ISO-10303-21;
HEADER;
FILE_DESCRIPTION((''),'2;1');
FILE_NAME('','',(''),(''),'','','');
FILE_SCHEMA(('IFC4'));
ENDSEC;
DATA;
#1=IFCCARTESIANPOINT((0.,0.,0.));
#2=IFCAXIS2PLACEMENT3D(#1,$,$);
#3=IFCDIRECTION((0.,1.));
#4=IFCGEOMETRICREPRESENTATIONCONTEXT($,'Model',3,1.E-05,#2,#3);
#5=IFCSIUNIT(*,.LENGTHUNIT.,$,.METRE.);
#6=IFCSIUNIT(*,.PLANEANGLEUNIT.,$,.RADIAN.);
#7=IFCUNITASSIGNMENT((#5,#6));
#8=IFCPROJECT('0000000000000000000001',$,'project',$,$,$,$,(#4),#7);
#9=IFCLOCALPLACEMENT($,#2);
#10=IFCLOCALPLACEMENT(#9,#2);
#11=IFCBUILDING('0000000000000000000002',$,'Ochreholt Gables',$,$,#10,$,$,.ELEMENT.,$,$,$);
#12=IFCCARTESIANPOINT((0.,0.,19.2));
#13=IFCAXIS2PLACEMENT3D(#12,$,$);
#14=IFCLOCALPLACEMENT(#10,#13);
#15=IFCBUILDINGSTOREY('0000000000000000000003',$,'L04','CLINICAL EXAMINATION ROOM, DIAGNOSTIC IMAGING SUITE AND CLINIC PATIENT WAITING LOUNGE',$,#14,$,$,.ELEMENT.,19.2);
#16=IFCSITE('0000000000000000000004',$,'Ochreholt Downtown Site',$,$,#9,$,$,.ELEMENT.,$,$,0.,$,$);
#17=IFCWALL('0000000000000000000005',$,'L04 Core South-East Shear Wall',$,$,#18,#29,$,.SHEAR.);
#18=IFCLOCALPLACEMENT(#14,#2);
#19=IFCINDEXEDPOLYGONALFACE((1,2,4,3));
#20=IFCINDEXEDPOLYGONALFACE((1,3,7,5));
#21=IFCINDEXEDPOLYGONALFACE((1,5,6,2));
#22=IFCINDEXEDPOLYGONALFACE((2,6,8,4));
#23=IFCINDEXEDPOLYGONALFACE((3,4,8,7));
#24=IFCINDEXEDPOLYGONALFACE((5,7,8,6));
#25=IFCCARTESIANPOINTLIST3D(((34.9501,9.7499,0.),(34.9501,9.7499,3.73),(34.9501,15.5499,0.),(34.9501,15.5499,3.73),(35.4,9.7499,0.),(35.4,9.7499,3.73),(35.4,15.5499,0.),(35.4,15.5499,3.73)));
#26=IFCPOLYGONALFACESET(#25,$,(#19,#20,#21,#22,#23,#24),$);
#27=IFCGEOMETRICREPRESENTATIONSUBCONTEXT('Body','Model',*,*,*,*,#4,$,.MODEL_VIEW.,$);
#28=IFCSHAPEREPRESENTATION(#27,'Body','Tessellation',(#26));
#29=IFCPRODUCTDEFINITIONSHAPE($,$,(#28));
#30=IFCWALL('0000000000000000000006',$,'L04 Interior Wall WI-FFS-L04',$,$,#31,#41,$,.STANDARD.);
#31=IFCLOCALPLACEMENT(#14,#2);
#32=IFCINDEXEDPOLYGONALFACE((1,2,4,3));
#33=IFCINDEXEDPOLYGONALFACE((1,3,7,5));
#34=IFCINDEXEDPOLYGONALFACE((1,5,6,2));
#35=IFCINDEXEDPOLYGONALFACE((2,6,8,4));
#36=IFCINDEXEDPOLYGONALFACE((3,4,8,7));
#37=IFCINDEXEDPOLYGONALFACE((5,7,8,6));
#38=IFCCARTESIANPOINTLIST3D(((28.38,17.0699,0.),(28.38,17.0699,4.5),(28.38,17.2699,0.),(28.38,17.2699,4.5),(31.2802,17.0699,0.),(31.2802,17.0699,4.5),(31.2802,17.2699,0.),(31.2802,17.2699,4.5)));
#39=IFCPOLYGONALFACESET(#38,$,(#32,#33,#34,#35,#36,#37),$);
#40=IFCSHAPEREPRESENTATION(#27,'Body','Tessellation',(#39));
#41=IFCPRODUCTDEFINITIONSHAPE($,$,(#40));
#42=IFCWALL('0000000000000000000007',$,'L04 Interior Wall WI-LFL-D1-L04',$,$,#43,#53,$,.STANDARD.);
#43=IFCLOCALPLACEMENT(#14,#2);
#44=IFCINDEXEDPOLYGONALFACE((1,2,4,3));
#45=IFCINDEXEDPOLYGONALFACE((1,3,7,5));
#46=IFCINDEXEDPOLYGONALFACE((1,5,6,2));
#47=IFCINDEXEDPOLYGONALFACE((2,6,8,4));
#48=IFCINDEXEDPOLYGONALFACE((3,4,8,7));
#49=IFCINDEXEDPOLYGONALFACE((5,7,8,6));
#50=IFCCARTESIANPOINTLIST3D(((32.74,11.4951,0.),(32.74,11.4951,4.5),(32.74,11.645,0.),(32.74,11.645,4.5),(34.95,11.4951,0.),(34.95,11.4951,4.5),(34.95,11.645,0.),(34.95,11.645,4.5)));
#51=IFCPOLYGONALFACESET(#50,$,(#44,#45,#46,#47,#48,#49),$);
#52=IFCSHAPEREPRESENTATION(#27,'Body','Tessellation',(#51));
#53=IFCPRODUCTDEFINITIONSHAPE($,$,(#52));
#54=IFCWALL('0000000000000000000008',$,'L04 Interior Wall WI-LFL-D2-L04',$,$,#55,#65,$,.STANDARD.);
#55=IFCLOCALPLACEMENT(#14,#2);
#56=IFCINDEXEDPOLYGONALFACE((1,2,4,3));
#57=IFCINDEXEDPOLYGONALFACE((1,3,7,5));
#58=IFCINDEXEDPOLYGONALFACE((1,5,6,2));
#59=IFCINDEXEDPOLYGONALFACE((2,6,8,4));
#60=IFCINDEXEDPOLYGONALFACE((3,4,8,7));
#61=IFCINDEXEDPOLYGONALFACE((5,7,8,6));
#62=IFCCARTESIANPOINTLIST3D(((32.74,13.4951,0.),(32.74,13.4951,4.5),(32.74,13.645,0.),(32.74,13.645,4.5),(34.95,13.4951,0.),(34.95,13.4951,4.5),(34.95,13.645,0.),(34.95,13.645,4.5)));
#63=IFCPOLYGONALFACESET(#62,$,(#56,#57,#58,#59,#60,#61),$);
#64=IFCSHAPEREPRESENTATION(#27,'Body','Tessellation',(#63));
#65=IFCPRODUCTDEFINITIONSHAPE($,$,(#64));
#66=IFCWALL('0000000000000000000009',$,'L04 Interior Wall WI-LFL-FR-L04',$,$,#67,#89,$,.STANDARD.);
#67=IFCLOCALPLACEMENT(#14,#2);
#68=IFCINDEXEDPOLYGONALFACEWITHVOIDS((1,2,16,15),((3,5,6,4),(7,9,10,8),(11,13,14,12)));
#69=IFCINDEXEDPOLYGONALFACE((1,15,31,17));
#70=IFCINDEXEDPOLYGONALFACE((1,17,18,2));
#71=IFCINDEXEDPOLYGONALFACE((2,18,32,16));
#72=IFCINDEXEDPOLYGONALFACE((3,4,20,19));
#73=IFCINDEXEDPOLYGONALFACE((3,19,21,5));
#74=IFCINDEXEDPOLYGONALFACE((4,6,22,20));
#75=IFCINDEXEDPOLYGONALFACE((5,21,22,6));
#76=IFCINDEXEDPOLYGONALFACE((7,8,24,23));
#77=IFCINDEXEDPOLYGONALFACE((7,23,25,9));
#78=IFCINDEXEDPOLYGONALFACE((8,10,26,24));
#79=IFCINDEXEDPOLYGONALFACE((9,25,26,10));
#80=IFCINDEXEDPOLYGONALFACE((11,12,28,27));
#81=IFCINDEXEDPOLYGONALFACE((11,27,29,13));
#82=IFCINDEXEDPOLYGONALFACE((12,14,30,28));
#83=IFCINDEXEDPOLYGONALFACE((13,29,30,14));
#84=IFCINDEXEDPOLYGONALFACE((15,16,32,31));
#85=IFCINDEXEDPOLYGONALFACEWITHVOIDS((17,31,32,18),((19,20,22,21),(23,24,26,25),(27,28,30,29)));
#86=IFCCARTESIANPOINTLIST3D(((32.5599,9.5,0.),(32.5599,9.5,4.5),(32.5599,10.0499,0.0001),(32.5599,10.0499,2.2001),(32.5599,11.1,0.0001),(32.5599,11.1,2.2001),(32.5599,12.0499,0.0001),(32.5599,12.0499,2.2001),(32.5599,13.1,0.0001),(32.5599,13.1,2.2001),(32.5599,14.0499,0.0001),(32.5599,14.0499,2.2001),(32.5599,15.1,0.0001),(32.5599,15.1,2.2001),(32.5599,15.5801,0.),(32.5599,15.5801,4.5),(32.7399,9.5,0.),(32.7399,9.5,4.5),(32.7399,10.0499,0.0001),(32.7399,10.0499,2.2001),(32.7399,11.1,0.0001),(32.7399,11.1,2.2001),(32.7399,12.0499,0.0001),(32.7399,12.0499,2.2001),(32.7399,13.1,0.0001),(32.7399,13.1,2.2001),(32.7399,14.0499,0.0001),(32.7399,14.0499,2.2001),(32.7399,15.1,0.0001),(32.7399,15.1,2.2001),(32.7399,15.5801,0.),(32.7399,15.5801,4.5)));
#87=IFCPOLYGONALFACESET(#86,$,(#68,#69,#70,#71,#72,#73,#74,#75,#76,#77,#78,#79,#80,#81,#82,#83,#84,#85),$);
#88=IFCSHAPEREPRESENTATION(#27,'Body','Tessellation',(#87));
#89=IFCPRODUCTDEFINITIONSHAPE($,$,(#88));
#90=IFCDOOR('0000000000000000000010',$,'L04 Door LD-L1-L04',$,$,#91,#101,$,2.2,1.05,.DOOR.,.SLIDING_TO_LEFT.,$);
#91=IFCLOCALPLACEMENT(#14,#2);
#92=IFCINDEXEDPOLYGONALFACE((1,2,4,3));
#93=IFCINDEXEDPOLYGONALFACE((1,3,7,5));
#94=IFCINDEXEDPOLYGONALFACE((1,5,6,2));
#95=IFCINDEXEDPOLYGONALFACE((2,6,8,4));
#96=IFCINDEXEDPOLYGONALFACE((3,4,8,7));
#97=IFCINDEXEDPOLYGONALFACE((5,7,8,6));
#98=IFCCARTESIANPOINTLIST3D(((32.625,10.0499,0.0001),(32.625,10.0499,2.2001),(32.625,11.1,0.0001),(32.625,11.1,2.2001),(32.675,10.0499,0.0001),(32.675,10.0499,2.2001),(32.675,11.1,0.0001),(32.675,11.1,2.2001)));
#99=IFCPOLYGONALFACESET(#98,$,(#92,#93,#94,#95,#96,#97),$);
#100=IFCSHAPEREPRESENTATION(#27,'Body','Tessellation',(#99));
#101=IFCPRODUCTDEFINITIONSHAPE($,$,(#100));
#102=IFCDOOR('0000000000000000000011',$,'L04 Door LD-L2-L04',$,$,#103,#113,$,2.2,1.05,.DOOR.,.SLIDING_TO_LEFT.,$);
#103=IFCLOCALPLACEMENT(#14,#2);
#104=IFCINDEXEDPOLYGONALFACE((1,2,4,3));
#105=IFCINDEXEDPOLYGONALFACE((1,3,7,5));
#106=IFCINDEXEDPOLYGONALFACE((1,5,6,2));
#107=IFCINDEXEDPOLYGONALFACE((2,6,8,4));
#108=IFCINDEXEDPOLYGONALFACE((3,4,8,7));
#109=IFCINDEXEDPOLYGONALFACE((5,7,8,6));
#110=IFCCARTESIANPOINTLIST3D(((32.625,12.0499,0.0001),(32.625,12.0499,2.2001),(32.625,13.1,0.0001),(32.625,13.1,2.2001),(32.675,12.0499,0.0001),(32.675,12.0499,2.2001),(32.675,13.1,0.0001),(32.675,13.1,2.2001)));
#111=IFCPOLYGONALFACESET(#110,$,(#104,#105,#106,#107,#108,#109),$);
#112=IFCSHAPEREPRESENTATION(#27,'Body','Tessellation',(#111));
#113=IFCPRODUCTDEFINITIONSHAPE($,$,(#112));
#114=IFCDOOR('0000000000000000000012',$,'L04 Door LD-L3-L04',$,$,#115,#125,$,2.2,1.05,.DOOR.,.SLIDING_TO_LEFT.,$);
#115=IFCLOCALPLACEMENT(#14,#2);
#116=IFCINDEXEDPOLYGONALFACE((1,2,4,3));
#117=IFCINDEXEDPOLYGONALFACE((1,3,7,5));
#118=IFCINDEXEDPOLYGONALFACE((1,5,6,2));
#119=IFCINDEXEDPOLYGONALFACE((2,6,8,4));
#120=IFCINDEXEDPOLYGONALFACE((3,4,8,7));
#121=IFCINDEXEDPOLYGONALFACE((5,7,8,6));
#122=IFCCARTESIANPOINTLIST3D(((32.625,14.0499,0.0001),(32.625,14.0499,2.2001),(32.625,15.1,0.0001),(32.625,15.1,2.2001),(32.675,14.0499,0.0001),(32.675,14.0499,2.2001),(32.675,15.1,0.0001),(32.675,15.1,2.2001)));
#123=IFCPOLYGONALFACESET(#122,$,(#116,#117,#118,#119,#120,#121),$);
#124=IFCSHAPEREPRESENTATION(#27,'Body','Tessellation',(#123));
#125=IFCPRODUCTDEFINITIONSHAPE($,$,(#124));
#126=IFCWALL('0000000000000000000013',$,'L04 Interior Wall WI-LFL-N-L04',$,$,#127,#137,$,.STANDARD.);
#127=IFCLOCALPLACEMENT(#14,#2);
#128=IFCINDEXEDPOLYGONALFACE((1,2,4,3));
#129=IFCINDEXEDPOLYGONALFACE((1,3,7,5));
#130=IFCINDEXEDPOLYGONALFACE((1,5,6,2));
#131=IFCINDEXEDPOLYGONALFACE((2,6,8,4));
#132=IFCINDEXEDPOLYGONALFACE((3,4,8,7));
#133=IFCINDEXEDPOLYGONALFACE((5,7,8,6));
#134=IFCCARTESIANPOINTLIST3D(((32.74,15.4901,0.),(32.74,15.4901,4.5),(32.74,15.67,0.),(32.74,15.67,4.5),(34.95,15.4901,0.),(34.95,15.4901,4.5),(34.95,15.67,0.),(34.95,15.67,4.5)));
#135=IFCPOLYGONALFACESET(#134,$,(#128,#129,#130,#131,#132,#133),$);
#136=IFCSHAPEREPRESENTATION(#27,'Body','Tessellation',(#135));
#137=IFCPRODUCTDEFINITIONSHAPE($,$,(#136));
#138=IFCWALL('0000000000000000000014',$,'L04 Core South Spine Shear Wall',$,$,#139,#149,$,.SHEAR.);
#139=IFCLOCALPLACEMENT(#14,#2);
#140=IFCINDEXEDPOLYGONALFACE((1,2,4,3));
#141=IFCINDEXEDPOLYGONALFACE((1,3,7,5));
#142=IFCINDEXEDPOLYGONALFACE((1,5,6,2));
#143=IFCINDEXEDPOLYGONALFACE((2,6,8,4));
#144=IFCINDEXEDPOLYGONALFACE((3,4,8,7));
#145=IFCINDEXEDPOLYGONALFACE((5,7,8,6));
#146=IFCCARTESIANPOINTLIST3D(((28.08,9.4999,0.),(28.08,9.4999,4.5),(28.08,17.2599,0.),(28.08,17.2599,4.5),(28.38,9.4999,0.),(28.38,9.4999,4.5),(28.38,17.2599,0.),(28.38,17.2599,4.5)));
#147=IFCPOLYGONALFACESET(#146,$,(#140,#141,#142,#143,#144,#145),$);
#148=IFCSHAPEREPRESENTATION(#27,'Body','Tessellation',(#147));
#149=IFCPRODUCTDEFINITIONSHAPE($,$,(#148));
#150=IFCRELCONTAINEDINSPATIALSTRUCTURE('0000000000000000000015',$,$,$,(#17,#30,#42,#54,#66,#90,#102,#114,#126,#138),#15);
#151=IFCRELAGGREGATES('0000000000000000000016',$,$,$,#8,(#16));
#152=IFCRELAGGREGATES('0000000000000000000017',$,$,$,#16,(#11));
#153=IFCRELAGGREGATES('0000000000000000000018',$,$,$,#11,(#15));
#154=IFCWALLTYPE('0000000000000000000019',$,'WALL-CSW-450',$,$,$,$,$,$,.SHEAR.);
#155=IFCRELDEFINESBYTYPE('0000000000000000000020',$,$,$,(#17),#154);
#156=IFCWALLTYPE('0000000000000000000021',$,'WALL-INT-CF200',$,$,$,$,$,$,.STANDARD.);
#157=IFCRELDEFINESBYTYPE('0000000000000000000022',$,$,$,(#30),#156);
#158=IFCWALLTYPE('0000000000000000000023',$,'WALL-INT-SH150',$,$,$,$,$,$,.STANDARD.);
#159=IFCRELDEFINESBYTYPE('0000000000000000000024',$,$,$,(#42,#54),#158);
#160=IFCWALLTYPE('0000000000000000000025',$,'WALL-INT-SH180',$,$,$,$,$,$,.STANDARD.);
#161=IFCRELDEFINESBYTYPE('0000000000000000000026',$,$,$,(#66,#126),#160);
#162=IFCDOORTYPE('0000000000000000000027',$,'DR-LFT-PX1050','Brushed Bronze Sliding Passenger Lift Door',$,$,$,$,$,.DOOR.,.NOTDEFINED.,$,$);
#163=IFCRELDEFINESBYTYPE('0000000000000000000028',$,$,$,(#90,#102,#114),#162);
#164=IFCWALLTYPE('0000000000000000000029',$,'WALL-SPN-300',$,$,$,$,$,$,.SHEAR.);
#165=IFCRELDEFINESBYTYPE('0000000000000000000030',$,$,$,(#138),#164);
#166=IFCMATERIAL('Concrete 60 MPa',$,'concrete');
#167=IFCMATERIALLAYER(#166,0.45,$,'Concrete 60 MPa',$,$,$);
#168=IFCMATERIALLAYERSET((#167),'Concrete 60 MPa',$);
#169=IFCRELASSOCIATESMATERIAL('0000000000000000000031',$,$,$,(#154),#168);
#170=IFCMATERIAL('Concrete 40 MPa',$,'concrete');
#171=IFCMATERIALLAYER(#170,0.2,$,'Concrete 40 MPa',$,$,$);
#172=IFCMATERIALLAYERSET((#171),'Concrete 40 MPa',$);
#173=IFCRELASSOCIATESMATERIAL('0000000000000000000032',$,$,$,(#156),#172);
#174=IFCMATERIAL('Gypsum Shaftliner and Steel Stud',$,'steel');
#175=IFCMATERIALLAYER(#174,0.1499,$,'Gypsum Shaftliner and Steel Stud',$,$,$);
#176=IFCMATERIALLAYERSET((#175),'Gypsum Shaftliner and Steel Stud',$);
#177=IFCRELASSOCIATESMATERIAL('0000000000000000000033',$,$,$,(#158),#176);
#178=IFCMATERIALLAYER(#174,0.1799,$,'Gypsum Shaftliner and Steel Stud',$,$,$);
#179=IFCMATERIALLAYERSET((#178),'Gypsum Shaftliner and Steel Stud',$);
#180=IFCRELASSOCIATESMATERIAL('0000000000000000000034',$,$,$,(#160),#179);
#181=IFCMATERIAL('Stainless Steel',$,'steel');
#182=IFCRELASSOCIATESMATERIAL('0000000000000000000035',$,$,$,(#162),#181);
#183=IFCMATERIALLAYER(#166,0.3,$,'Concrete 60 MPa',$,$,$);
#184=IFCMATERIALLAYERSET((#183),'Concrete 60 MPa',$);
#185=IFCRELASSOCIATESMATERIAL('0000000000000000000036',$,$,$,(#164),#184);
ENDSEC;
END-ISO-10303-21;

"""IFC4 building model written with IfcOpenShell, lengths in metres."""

from ifc_helpers import new_model, si_unit, direction, frame, frame_2d, origin, place, context, subcontext, project, spatial, rectangle, extrude, material, layer, layer_set, type_object, element, fill, save


model = new_model("IFC4")

# Units and contexts
model_context = context("Model", 3, precision=1e-05, world=origin(), true_north=direction((0.0, 1.0)))
body_context = subcontext(model_context, "Body", "Model", "MODEL_VIEW")
ifc_project = project(units=[si_unit("LENGTHUNIT", "METRE"), si_unit("PLANEANGLEUNIT", "RADIAN")], contexts=[model_context])

# Site, building, storey
site_placement = place(None, origin())
site = spatial("IfcSite", under=ifc_project, at=site_placement, Name="Ochreholt Downtown Site", CompositionType="ELEMENT", RefElevation=0.0)
building_placement = place(site_placement, origin())
building = spatial("IfcBuilding", under=site, at=building_placement, Name="Ochreholt Gables", CompositionType="ELEMENT")
storey_placement = place(building_placement, frame((0.0, 0.0, 19.2)))
storey = spatial("IfcBuildingStorey", under=building, at=storey_placement, Name="L04", Description="CLINICAL EXAMINATION ROOM, DIAGNOSTIC IMAGING SUITE AND CLINIC PATIENT WAITING LOUNGE", CompositionType="ELEMENT", Elevation=19.2)

# Shared definitions
ifc_material_1 = material(Name="Concrete 60 MPa", Category="concrete")

# Walls
ifc_layer_1 = layer(ifc_material_1, 0.45, Name="Concrete 60 MPa")
ifc_layer_set_1 = layer_set([ifc_layer_1], Name="Concrete 60 MPa")
wall_type_1 = type_object("IfcWallType", Name="WALL-CSW-450", PredefinedType="SHEAR", material=ifc_layer_set_1)
wall_1_placement = place(storey_placement, frame((35.175, 9.75, 0.0), z_axis=(0.0, 0.0, 1.0), x_axis=(0.0, 1.0, 0.0)))
element("IfcWall", 1, at=wall_1_placement, inside=storey, type_object=wall_type_1, Name="L04 Core South-East Shear Wall", PredefinedType="SHEAR", context=body_context, shape_type="SweptSolid", body=[
    extrude(rectangle(XDim=5.8, YDim=0.45, at=frame_2d((2.8999, 0.0))), origin(), (0.0, 0.0, 1.0), 3.73),
])
ifc_material_2 = material(Name="Concrete 40 MPa", Category="concrete")
ifc_layer_2 = layer(ifc_material_2, 0.2, Name="Concrete 40 MPa")
ifc_layer_set_2 = layer_set([ifc_layer_2], Name="Concrete 40 MPa")
wall_type_2 = type_object("IfcWallType", Name="WALL-INT-CF200", PredefinedType="STANDARD", material=ifc_layer_set_2)
wall_2_placement = place(storey_placement, frame((28.3799, 17.1699, 0.0), z_axis=(0.0, 0.0, 1.0), x_axis=(1.0, 0.0, 0.0)))
element("IfcWall", 2, at=wall_2_placement, inside=storey, type_object=wall_type_2, Name="L04 Interior Wall WI-FFS-L04", PredefinedType="STANDARD", context=body_context, shape_type="SweptSolid", body=[
    extrude(rectangle(XDim=2.9001, YDim=0.2, at=frame_2d((1.4502, 0.0))), origin(), (0.0, 0.0, 1.0), 4.5),
])

# Walls
ifc_material_3 = material(Name="Gypsum Shaftliner and Steel Stud", Category="steel")
ifc_layer_3 = layer(ifc_material_3, 0.1499, Name="Gypsum Shaftliner and Steel Stud")
ifc_layer_set_3 = layer_set([ifc_layer_3], Name="Gypsum Shaftliner and Steel Stud")
wall_type_3 = type_object("IfcWallType", Name="WALL-INT-SH150", PredefinedType="STANDARD", material=ifc_layer_set_3)
for number, where, z_axis, x_axis, name in (
    (3, (32.74, 11.5701, 0.0), (0.0, 0.0, 1.0), (1.0, 0.0, 0.0), "L04 Interior Wall WI-LFL-D1-L04"),
    (4, (32.74, 13.5701, 0.0), (0.0, 0.0, 1.0), (1.0, 0.0, 0.0), "L04 Interior Wall WI-LFL-D2-L04"),
):
    element("IfcWall", number, at=place(storey_placement, frame(where, z_axis=z_axis, x_axis=x_axis)), inside=storey, type_object=wall_type_3, Name=name, PredefinedType="STANDARD", context=body_context, shape_type="SweptSolid", body=[
        extrude(rectangle(XDim=2.21, YDim=0.1499, at=frame_2d((1.105, 0.0))), origin(), (0.0, 0.0, 1.0), 4.5),
    ])

# Wall, openings, doors
ifc_layer_4 = layer(ifc_material_3, 0.1799, Name="Gypsum Shaftliner and Steel Stud")
ifc_layer_set_4 = layer_set([ifc_layer_4], Name="Gypsum Shaftliner and Steel Stud")
wall_type_4 = type_object("IfcWallType", Name="WALL-INT-SH180", PredefinedType="STANDARD", material=ifc_layer_set_4)
wall_3_placement = place(storey_placement, frame((32.6499, 9.5, 0.0), z_axis=(0.0, 0.0, 1.0), x_axis=(0.0, 1.0, 0.0)))
wall_3 = element("IfcWall", 5, at=wall_3_placement, inside=storey, type_object=wall_type_4, Name="L04 Interior Wall WI-LFL-FR-L04", PredefinedType="STANDARD", context=body_context, shape_type="SweptSolid", body=[
    extrude(rectangle(XDim=6.0801, YDim=0.1799, at=frame_2d((3.04, 0.0))), origin(), (0.0, 0.0, 1.0), 4.5),
])
opening_1_placement = place(wall_3_placement, frame((0.55, 0.0, 0.0)))
opening_1 = element("IfcOpeningElement", 6, at=opening_1_placement, cuts=wall_3, PredefinedType="OPENING", context=body_context, shape_type="SweptSolid", body=[
    extrude(rectangle(XDim=1.05, YDim=2.2, at=frame_2d((0.5249, 1.1001))), frame((0.0, 0.0999, 0.0), z_axis=(0.0, -1.0, 0.0), x_axis=(1.0, 0.0, 0.0)), (0.0, 0.0, 1.0), 0.2),
])
opening_2_placement = place(wall_3_placement, frame((2.55, 0.0, 0.0)))
opening_2 = element("IfcOpeningElement", 7, at=opening_2_placement, cuts=wall_3, PredefinedType="OPENING", context=body_context, shape_type="SweptSolid", body=[
    extrude(rectangle(XDim=1.05, YDim=2.2, at=frame_2d((0.5249, 1.1001))), frame((0.0, 0.0999, 0.0), z_axis=(0.0, -1.0, 0.0), x_axis=(1.0, 0.0, 0.0)), (0.0, 0.0, 1.0), 0.2),
])
opening_3_placement = place(wall_3_placement, frame((4.55, 0.0, 0.0)))
opening_3 = element("IfcOpeningElement", 8, at=opening_3_placement, cuts=wall_3, PredefinedType="OPENING", context=body_context, shape_type="SweptSolid", body=[
    extrude(rectangle(XDim=1.05, YDim=2.2, at=frame_2d((0.5249, 1.1001))), frame((0.0, 0.0999, 0.0), z_axis=(0.0, -1.0, 0.0), x_axis=(1.0, 0.0, 0.0)), (0.0, 0.0, 1.0), 0.2),
])
ifc_material_4 = material(Name="Stainless Steel", Category="steel")
door_type_1 = type_object("IfcDoorType", Name="DR-LFT-PX1050", Description="Brushed Bronze Sliding Passenger Lift Door", OperationType="NOTDEFINED", PredefinedType="DOOR", material=ifc_material_4)
door_1_placement = place(opening_1_placement, origin())
door_1 = element("IfcDoor", 9, at=door_1_placement, inside=storey, type_object=door_type_1, Name="L04 Door LD-L1-L04", OperationType="SLIDING_TO_LEFT", OverallHeight=2.2, OverallWidth=1.05, PredefinedType="DOOR", context=body_context, shape_type="SweptSolid", body=[
    extrude(rectangle(XDim=1.05, YDim=2.2, at=frame_2d((0.5249, 1.1001))), frame((0.0, 0.0249, 0.0), z_axis=(0.0, -1.0, 0.0), x_axis=(1.0, 0.0, 0.0)), (0.0, 0.0, 1.0), 0.05),
])
fill(opening_1, door_1)
door_2_placement = place(opening_2_placement, origin())
door_2 = element("IfcDoor", 10, at=door_2_placement, inside=storey, type_object=door_type_1, Name="L04 Door LD-L2-L04", OperationType="SLIDING_TO_LEFT", OverallHeight=2.2, OverallWidth=1.05, PredefinedType="DOOR", context=body_context, shape_type="SweptSolid", body=[
    extrude(rectangle(XDim=1.05, YDim=2.2, at=frame_2d((0.5249, 1.1001))), frame((0.0, 0.0249, 0.0), z_axis=(0.0, -1.0, 0.0), x_axis=(1.0, 0.0, 0.0)), (0.0, 0.0, 1.0), 0.05),
])
fill(opening_2, door_2)
door_3_placement = place(opening_3_placement, origin())
door_3 = element("IfcDoor", 11, at=door_3_placement, inside=storey, type_object=door_type_1, Name="L04 Door LD-L3-L04", OperationType="SLIDING_TO_LEFT", OverallHeight=2.2, OverallWidth=1.05, PredefinedType="DOOR", context=body_context, shape_type="SweptSolid", body=[
    extrude(rectangle(XDim=1.05, YDim=2.2, at=frame_2d((0.5249, 1.1001))), frame((0.0, 0.0249, 0.0), z_axis=(0.0, -1.0, 0.0), x_axis=(1.0, 0.0, 0.0)), (0.0, 0.0, 1.0), 0.05),
])
fill(opening_3, door_3)

# Walls
wall_4_placement = place(storey_placement, frame((32.74, 15.5801, 0.0), z_axis=(0.0, 0.0, 1.0), x_axis=(1.0, 0.0, 0.0)))
element("IfcWall", 12, at=wall_4_placement, inside=storey, type_object=wall_type_4, Name="L04 Interior Wall WI-LFL-N-L04", PredefinedType="STANDARD", context=body_context, shape_type="SweptSolid", body=[
    extrude(rectangle(XDim=2.21, YDim=0.1799, at=frame_2d((1.105, 0.0))), origin(), (0.0, 0.0, 1.0), 4.5),
])
ifc_layer_5 = layer(ifc_material_1, 0.3, Name="Concrete 60 MPa")
ifc_layer_set_5 = layer_set([ifc_layer_5], Name="Concrete 60 MPa")
wall_type_5 = type_object("IfcWallType", Name="WALL-SPN-300", PredefinedType="SHEAR", material=ifc_layer_set_5)
wall_5_placement = place(storey_placement, frame((28.23, 9.5, 0.0), z_axis=(0.0, 0.0, 1.0), x_axis=(0.0, 1.0, 0.0)))
element("IfcWall", 13, at=wall_5_placement, inside=storey, type_object=wall_type_5, Name="L04 Core South Spine Shear Wall", PredefinedType="SHEAR", context=body_context, shape_type="SweptSolid", body=[
    extrude(rectangle(XDim=7.76, YDim=0.3, at=frame_2d((3.8799, 0.0))), origin(), (0.0, 0.0, 1.0), 4.5),
])

save(model, "model.ifc")
